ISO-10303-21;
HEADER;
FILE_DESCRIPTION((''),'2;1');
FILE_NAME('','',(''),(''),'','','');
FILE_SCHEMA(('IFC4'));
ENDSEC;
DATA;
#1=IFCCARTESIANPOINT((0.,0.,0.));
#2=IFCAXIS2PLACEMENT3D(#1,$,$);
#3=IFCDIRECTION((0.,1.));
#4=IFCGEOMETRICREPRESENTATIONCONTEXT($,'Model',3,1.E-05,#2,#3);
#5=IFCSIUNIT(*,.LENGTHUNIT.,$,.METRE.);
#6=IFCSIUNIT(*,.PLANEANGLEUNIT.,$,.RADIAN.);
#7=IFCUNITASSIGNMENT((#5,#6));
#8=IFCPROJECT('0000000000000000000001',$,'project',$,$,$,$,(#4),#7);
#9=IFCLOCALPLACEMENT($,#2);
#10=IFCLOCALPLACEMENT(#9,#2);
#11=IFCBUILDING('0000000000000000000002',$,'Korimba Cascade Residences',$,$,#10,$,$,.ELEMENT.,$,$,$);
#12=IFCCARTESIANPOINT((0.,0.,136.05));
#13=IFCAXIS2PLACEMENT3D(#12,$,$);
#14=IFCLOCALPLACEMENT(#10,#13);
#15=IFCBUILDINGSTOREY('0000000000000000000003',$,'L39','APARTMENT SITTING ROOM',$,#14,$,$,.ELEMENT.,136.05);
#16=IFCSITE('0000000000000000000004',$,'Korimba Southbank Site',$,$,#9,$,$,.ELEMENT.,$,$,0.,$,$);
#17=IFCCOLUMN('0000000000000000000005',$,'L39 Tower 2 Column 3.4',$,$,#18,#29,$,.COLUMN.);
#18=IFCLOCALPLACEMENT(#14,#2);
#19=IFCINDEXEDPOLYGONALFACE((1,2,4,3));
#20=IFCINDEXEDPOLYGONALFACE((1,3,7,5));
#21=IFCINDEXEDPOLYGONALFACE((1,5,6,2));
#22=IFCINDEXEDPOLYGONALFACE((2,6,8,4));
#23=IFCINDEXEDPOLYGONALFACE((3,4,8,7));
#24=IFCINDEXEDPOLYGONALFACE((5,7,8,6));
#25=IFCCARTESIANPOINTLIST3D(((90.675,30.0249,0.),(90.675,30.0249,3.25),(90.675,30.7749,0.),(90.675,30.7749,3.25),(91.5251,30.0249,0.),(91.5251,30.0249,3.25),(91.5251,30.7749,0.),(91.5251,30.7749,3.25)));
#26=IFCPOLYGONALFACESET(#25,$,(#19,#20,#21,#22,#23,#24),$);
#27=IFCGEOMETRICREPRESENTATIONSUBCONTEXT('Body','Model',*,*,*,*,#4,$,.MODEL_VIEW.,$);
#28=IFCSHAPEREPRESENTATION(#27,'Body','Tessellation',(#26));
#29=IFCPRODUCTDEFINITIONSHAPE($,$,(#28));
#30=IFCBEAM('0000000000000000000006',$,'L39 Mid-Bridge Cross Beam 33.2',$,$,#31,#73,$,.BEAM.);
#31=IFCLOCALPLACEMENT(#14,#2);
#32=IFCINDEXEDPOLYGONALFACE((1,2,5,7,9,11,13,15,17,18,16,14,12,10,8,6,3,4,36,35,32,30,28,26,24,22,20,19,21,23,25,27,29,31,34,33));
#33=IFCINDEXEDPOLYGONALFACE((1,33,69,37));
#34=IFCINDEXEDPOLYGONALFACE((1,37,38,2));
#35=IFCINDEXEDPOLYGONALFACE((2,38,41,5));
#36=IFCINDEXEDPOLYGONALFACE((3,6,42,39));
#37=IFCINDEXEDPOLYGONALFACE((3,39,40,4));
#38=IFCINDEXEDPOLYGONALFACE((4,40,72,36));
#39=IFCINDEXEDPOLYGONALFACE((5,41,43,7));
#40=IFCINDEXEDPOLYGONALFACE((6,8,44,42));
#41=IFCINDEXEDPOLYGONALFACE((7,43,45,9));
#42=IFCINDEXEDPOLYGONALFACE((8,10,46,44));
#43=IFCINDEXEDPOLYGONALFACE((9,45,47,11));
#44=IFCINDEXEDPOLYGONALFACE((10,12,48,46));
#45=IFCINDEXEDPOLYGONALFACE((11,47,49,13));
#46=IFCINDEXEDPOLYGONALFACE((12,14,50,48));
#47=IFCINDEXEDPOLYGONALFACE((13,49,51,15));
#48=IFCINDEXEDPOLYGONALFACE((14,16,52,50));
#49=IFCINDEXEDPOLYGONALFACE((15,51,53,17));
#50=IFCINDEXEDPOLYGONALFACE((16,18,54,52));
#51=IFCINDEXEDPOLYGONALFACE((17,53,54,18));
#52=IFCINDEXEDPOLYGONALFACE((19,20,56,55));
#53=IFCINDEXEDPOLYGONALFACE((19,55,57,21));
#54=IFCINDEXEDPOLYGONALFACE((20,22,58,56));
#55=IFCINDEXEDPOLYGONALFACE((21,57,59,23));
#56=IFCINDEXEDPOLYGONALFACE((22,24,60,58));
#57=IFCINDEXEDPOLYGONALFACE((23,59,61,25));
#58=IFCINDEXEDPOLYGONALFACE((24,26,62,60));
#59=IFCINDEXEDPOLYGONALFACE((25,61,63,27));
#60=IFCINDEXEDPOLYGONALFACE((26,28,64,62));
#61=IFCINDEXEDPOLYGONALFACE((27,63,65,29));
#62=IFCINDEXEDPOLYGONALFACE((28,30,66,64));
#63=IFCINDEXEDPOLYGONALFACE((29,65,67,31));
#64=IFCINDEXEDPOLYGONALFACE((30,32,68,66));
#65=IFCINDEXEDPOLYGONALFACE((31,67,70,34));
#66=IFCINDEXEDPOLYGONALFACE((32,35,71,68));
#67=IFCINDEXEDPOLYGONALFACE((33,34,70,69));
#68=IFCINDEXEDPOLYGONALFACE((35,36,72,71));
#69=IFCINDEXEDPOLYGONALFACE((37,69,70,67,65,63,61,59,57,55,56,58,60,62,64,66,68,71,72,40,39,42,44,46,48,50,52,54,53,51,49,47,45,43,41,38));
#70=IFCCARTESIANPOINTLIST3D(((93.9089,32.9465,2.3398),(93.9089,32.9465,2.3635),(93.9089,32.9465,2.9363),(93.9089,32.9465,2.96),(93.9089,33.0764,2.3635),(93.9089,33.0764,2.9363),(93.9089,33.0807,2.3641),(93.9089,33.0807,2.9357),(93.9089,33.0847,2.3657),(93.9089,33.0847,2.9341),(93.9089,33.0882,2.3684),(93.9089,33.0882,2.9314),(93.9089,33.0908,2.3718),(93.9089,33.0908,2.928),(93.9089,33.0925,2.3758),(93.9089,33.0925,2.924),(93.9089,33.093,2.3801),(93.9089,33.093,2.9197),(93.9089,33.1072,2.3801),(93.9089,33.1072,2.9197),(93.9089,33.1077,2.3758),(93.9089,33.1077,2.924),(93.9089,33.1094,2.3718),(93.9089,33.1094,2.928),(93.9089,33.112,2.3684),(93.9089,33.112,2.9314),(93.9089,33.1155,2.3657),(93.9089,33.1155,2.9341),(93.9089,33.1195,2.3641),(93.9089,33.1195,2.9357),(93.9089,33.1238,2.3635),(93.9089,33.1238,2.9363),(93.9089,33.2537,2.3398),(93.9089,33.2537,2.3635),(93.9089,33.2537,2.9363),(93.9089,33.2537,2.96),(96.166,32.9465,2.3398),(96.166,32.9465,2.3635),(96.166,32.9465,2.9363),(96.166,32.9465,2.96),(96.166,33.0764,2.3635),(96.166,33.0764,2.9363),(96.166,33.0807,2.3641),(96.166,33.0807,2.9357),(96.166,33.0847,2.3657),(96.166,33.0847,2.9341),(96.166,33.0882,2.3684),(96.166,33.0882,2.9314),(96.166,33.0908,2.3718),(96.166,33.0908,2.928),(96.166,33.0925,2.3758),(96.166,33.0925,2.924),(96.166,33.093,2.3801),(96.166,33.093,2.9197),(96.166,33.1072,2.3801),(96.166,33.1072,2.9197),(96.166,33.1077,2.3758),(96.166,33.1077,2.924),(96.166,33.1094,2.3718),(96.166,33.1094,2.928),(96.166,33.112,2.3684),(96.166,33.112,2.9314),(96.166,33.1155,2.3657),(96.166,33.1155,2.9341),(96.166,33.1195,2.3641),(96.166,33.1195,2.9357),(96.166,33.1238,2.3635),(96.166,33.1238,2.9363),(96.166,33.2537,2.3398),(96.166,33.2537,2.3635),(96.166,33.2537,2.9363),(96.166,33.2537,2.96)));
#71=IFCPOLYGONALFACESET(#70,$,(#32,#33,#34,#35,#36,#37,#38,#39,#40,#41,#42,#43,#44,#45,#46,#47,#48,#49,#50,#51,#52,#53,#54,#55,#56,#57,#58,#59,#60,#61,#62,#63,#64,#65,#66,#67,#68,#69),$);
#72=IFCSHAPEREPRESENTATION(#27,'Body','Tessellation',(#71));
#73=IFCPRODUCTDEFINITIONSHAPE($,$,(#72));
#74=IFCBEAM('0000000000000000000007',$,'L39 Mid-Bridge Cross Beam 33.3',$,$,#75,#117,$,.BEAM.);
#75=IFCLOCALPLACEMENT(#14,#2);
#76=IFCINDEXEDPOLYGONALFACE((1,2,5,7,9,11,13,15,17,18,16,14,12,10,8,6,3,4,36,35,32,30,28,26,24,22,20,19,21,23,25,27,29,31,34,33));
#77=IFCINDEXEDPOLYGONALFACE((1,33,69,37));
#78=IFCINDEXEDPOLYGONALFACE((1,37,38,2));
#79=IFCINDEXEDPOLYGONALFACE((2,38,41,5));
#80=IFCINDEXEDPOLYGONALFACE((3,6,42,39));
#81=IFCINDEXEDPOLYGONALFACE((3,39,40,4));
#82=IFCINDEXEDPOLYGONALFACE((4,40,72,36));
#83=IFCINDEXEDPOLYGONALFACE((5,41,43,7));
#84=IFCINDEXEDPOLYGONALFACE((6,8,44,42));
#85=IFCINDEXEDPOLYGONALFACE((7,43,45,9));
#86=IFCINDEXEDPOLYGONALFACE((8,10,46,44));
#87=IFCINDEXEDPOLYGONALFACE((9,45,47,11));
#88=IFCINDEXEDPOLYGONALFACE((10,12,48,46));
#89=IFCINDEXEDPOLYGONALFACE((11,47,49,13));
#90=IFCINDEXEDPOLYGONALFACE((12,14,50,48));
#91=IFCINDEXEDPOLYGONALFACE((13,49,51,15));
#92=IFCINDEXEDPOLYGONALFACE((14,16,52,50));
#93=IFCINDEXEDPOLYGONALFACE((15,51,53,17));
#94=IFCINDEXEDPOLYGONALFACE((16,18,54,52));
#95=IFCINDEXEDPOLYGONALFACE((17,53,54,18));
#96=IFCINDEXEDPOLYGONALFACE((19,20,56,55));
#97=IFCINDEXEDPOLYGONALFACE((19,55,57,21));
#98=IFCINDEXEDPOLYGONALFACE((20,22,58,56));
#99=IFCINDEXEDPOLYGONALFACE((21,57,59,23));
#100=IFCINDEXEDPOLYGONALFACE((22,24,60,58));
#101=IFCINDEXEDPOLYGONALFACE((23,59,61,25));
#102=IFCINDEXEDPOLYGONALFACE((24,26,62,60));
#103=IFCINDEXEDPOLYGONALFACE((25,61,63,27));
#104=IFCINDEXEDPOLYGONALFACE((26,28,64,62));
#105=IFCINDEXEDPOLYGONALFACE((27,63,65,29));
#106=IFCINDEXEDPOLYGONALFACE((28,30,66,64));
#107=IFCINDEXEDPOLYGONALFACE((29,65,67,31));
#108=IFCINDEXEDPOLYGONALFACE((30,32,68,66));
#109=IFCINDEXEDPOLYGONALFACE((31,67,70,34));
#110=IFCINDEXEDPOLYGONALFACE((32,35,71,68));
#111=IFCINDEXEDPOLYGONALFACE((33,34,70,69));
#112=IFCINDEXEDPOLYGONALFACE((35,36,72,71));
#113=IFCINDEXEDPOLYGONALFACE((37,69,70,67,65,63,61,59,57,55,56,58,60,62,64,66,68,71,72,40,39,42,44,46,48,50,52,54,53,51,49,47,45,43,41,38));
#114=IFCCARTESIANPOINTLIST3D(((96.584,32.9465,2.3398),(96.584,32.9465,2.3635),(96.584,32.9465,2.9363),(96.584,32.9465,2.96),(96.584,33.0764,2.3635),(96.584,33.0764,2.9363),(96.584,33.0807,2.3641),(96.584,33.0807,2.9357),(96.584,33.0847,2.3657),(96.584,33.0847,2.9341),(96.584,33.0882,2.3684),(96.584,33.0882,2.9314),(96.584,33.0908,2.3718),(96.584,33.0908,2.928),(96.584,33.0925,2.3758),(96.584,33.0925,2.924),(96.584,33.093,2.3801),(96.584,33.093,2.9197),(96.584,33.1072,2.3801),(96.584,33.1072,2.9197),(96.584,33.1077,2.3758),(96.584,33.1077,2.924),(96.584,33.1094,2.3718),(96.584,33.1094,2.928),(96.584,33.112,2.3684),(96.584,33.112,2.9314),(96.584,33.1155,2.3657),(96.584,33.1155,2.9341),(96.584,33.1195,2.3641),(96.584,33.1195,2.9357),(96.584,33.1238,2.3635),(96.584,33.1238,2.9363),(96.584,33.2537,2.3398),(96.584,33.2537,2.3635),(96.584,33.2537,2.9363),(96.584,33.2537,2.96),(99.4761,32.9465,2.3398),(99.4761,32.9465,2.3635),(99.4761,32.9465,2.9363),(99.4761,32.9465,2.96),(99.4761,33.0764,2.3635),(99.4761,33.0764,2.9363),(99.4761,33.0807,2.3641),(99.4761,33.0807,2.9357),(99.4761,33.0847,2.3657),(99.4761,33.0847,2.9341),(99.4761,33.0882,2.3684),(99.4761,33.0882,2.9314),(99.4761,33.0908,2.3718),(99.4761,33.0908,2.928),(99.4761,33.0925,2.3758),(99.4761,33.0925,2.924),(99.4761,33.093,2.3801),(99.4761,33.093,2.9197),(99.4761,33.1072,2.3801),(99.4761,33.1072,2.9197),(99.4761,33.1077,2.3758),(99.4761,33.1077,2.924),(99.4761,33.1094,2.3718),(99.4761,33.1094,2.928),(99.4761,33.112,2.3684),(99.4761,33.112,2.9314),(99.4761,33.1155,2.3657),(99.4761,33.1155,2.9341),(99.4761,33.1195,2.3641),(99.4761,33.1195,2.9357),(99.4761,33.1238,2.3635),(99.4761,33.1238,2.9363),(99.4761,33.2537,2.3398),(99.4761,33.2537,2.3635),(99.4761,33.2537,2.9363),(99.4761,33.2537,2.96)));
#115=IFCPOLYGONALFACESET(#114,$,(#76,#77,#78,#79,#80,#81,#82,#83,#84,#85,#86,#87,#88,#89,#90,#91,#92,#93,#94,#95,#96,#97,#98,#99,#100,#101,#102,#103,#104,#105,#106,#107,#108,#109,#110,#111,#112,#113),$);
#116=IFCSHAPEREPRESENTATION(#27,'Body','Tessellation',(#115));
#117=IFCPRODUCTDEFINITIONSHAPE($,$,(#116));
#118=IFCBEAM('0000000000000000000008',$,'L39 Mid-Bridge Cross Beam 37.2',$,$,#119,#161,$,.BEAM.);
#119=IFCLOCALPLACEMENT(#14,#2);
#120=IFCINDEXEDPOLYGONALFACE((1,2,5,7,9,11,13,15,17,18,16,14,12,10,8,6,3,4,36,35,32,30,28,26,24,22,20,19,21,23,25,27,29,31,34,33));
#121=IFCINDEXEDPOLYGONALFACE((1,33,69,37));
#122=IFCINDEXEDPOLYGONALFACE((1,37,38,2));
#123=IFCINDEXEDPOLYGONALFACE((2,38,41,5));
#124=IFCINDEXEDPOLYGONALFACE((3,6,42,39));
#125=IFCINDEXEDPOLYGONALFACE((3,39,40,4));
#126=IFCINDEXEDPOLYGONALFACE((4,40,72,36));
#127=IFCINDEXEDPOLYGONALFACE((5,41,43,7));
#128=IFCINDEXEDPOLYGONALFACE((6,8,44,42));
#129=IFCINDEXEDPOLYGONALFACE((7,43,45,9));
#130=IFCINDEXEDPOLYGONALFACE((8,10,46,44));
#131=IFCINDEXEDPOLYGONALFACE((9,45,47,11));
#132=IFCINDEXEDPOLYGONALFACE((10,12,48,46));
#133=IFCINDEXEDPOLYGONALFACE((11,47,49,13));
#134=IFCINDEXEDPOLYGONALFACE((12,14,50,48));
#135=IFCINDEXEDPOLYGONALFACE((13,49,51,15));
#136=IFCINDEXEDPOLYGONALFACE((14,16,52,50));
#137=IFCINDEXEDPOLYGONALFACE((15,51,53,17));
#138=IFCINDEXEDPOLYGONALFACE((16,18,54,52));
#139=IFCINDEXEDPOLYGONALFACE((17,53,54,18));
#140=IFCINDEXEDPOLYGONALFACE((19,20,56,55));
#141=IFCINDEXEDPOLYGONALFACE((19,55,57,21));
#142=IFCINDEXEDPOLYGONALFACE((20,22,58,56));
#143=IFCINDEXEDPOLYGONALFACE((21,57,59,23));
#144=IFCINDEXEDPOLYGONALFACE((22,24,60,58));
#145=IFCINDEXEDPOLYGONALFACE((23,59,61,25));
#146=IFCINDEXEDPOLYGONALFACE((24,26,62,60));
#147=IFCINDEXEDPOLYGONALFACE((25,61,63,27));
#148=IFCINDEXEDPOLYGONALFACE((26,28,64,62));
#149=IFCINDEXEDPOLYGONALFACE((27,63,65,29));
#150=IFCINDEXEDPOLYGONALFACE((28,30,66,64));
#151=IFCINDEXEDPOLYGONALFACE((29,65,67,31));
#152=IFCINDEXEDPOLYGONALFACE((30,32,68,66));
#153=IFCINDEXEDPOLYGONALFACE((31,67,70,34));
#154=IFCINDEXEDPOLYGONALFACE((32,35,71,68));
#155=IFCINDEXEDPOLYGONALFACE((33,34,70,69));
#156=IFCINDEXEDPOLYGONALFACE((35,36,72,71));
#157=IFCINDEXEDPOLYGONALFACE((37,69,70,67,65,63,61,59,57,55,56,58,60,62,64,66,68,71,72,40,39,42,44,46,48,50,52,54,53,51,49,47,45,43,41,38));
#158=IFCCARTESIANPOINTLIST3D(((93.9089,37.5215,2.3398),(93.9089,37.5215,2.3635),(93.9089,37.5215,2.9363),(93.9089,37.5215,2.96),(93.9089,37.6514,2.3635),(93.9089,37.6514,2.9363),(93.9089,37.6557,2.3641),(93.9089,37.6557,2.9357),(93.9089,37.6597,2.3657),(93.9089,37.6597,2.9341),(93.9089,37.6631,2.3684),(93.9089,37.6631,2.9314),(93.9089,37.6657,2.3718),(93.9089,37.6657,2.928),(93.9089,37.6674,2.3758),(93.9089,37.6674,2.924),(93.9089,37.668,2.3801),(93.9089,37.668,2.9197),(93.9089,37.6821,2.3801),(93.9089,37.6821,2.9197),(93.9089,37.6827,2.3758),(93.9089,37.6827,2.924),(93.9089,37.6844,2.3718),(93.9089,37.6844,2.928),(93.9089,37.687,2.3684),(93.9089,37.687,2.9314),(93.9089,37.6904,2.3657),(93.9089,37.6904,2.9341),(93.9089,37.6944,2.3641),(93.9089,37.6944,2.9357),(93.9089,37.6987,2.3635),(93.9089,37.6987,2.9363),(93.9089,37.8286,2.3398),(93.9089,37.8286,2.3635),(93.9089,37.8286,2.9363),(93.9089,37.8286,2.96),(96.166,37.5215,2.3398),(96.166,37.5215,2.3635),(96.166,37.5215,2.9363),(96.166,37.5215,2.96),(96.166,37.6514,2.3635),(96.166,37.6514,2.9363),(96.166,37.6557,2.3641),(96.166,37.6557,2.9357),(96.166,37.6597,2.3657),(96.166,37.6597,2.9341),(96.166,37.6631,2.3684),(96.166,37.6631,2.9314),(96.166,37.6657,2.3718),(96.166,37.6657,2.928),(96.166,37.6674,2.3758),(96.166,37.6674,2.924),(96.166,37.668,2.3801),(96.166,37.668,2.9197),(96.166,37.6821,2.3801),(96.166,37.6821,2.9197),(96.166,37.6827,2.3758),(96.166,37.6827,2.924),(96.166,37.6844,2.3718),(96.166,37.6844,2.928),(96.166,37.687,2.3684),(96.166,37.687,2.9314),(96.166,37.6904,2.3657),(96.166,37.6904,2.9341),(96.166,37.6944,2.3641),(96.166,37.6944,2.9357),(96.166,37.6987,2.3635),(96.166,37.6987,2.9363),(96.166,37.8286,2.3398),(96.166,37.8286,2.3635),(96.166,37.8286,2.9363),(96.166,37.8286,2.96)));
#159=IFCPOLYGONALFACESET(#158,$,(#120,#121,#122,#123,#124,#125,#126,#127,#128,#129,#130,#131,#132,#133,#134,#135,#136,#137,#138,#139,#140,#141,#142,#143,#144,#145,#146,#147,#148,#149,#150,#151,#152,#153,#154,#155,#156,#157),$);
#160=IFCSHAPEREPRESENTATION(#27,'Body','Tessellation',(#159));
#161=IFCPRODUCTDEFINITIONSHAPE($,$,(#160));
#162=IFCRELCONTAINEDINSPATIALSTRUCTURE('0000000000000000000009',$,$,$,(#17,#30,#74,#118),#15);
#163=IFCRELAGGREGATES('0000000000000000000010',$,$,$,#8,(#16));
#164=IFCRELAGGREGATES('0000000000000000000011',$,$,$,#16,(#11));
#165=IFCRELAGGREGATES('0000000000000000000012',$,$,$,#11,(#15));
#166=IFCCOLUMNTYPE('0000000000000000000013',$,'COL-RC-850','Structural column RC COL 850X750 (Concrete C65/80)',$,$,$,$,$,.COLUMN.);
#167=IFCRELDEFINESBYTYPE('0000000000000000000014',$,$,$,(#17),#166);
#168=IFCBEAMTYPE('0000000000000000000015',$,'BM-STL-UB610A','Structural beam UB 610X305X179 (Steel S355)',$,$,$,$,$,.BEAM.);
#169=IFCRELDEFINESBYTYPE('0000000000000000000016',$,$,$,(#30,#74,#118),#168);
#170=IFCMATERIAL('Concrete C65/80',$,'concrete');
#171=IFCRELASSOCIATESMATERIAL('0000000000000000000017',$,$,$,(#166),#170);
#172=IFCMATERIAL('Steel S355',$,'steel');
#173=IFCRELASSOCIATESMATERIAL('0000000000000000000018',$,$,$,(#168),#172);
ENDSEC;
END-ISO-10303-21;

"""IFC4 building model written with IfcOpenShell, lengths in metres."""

from ifc_helpers import new_model, si_unit, direction, frame, origin, origin_2d, place, context, subcontext, project, spatial, rectangle, i_section, extrude, material, material_profile, profile_set, type_object, element, save


model = new_model("IFC4")

# Units and contexts
model_context = context("Model", 3, precision=1e-05, world=origin(), true_north=direction((0.0, 1.0)))
body_context = subcontext(model_context, "Body", "Model", "MODEL_VIEW")
ifc_project = project(units=[si_unit("LENGTHUNIT", "METRE"), si_unit("PLANEANGLEUNIT", "RADIAN")], contexts=[model_context])

# Site, building, storey
site_placement = place(None, origin())
site = spatial("IfcSite", under=ifc_project, at=site_placement, Name="Korimba Southbank Site", CompositionType="ELEMENT", RefElevation=0.0)
building_placement = place(site_placement, origin())
building = spatial("IfcBuilding", under=site, at=building_placement, Name="Korimba Cascade Residences", CompositionType="ELEMENT")
storey_placement = place(building_placement, frame((0.0, 0.0, 136.05)))
storey = spatial("IfcBuildingStorey", under=building, at=storey_placement, Name="L39", Description="APARTMENT SITTING ROOM", CompositionType="ELEMENT", Elevation=136.05)

# Column
ifc_material_1 = material(Name="Concrete C65/80", Category="concrete")
ifc_material_profile_1 = material_profile(ifc_material_1, rectangle(XDim=0.8501, YDim=0.75, at=origin_2d()), Name="Concrete C65/80")
ifc_profile_set_1 = profile_set([ifc_material_profile_1], Name="Concrete C65/80")
column_type = type_object("IfcColumnType", Name="COL-RC-850", Description="Structural column RC COL 850X750 (Concrete C65/80)", PredefinedType="COLUMN", material=ifc_profile_set_1)
column_placement = place(storey_placement, frame((91.1001, 30.3999, 0.0), z_axis=(0.0, 0.0, 1.0), x_axis=(1.0, 0.0, 0.0)))
element("IfcColumn", 1, at=column_placement, inside=storey, type_object=column_type, Name="L39 Tower 2 Column 3.4", PredefinedType="COLUMN", context=body_context, shape_type="SweptSolid", body=[
    extrude(rectangle(XDim=0.8501, YDim=0.75, at=origin_2d()), origin(), (0.0, 0.0, 1.0), 3.25),
])

# Beams
ifc_material_2 = material(Name="Steel S355", Category="steel")
ifc_material_profile_2 = material_profile(ifc_material_2, i_section(OverallWidth=0.3071, OverallDepth=0.6201, WebThickness=0.0142, FlangeThickness=0.0237, FilletRadius=0.0166, at=origin_2d()), Name="Steel S355")
ifc_profile_set_2 = profile_set([ifc_material_profile_2], Name="Steel S355")
beam_type_1 = type_object("IfcBeamType", Name="BM-STL-UB610A", Description="Structural beam UB 610X305X179 (Steel S355)", PredefinedType="BEAM", material=ifc_profile_set_2)
beam_1_placement = place(storey_placement, frame((93.9089, 33.1001, 2.6499), z_axis=(1.0, 0.0, 0.0), x_axis=(0.0, 1.0, 0.0)))
element("IfcBeam", 2, at=beam_1_placement, inside=storey, type_object=beam_type_1, Name="L39 Mid-Bridge Cross Beam 33.2", PredefinedType="BEAM", context=body_context, shape_type="SweptSolid", body=[
    extrude(i_section(OverallWidth=0.3071, OverallDepth=0.6201, WebThickness=0.0142, FlangeThickness=0.0237, FilletRadius=0.0166, at=origin_2d()), origin(), (0.0, 0.0, 1.0), 2.2571),
])
beam_2_placement = place(storey_placement, frame((96.584, 33.1001, 2.6499), z_axis=(1.0, 0.0, 0.0), x_axis=(0.0, 1.0, 0.0)))
element("IfcBeam", 3, at=beam_2_placement, inside=storey, type_object=beam_type_1, Name="L39 Mid-Bridge Cross Beam 33.3", PredefinedType="BEAM", context=body_context, shape_type="SweptSolid", body=[
    extrude(i_section(OverallWidth=0.3071, OverallDepth=0.6201, WebThickness=0.0142, FlangeThickness=0.0237, FilletRadius=0.0166, at=origin_2d()), origin(), (0.0, 0.0, 1.0), 2.8921),
])
beam_3_placement = place(storey_placement, frame((93.9089, 37.675, 2.6499), z_axis=(1.0, 0.0, 0.0), x_axis=(0.0, 1.0, 0.0)))
element("IfcBeam", 4, at=beam_3_placement, inside=storey, type_object=beam_type_1, Name="L39 Mid-Bridge Cross Beam 37.2", PredefinedType="BEAM", context=body_context, shape_type="SweptSolid", body=[
    extrude(i_section(OverallWidth=0.3071, OverallDepth=0.6201, WebThickness=0.0142, FlangeThickness=0.0237, FilletRadius=0.0166, at=origin_2d()), origin(), (0.0, 0.0, 1.0), 2.2571),
])

save(model, "model.ifc")
